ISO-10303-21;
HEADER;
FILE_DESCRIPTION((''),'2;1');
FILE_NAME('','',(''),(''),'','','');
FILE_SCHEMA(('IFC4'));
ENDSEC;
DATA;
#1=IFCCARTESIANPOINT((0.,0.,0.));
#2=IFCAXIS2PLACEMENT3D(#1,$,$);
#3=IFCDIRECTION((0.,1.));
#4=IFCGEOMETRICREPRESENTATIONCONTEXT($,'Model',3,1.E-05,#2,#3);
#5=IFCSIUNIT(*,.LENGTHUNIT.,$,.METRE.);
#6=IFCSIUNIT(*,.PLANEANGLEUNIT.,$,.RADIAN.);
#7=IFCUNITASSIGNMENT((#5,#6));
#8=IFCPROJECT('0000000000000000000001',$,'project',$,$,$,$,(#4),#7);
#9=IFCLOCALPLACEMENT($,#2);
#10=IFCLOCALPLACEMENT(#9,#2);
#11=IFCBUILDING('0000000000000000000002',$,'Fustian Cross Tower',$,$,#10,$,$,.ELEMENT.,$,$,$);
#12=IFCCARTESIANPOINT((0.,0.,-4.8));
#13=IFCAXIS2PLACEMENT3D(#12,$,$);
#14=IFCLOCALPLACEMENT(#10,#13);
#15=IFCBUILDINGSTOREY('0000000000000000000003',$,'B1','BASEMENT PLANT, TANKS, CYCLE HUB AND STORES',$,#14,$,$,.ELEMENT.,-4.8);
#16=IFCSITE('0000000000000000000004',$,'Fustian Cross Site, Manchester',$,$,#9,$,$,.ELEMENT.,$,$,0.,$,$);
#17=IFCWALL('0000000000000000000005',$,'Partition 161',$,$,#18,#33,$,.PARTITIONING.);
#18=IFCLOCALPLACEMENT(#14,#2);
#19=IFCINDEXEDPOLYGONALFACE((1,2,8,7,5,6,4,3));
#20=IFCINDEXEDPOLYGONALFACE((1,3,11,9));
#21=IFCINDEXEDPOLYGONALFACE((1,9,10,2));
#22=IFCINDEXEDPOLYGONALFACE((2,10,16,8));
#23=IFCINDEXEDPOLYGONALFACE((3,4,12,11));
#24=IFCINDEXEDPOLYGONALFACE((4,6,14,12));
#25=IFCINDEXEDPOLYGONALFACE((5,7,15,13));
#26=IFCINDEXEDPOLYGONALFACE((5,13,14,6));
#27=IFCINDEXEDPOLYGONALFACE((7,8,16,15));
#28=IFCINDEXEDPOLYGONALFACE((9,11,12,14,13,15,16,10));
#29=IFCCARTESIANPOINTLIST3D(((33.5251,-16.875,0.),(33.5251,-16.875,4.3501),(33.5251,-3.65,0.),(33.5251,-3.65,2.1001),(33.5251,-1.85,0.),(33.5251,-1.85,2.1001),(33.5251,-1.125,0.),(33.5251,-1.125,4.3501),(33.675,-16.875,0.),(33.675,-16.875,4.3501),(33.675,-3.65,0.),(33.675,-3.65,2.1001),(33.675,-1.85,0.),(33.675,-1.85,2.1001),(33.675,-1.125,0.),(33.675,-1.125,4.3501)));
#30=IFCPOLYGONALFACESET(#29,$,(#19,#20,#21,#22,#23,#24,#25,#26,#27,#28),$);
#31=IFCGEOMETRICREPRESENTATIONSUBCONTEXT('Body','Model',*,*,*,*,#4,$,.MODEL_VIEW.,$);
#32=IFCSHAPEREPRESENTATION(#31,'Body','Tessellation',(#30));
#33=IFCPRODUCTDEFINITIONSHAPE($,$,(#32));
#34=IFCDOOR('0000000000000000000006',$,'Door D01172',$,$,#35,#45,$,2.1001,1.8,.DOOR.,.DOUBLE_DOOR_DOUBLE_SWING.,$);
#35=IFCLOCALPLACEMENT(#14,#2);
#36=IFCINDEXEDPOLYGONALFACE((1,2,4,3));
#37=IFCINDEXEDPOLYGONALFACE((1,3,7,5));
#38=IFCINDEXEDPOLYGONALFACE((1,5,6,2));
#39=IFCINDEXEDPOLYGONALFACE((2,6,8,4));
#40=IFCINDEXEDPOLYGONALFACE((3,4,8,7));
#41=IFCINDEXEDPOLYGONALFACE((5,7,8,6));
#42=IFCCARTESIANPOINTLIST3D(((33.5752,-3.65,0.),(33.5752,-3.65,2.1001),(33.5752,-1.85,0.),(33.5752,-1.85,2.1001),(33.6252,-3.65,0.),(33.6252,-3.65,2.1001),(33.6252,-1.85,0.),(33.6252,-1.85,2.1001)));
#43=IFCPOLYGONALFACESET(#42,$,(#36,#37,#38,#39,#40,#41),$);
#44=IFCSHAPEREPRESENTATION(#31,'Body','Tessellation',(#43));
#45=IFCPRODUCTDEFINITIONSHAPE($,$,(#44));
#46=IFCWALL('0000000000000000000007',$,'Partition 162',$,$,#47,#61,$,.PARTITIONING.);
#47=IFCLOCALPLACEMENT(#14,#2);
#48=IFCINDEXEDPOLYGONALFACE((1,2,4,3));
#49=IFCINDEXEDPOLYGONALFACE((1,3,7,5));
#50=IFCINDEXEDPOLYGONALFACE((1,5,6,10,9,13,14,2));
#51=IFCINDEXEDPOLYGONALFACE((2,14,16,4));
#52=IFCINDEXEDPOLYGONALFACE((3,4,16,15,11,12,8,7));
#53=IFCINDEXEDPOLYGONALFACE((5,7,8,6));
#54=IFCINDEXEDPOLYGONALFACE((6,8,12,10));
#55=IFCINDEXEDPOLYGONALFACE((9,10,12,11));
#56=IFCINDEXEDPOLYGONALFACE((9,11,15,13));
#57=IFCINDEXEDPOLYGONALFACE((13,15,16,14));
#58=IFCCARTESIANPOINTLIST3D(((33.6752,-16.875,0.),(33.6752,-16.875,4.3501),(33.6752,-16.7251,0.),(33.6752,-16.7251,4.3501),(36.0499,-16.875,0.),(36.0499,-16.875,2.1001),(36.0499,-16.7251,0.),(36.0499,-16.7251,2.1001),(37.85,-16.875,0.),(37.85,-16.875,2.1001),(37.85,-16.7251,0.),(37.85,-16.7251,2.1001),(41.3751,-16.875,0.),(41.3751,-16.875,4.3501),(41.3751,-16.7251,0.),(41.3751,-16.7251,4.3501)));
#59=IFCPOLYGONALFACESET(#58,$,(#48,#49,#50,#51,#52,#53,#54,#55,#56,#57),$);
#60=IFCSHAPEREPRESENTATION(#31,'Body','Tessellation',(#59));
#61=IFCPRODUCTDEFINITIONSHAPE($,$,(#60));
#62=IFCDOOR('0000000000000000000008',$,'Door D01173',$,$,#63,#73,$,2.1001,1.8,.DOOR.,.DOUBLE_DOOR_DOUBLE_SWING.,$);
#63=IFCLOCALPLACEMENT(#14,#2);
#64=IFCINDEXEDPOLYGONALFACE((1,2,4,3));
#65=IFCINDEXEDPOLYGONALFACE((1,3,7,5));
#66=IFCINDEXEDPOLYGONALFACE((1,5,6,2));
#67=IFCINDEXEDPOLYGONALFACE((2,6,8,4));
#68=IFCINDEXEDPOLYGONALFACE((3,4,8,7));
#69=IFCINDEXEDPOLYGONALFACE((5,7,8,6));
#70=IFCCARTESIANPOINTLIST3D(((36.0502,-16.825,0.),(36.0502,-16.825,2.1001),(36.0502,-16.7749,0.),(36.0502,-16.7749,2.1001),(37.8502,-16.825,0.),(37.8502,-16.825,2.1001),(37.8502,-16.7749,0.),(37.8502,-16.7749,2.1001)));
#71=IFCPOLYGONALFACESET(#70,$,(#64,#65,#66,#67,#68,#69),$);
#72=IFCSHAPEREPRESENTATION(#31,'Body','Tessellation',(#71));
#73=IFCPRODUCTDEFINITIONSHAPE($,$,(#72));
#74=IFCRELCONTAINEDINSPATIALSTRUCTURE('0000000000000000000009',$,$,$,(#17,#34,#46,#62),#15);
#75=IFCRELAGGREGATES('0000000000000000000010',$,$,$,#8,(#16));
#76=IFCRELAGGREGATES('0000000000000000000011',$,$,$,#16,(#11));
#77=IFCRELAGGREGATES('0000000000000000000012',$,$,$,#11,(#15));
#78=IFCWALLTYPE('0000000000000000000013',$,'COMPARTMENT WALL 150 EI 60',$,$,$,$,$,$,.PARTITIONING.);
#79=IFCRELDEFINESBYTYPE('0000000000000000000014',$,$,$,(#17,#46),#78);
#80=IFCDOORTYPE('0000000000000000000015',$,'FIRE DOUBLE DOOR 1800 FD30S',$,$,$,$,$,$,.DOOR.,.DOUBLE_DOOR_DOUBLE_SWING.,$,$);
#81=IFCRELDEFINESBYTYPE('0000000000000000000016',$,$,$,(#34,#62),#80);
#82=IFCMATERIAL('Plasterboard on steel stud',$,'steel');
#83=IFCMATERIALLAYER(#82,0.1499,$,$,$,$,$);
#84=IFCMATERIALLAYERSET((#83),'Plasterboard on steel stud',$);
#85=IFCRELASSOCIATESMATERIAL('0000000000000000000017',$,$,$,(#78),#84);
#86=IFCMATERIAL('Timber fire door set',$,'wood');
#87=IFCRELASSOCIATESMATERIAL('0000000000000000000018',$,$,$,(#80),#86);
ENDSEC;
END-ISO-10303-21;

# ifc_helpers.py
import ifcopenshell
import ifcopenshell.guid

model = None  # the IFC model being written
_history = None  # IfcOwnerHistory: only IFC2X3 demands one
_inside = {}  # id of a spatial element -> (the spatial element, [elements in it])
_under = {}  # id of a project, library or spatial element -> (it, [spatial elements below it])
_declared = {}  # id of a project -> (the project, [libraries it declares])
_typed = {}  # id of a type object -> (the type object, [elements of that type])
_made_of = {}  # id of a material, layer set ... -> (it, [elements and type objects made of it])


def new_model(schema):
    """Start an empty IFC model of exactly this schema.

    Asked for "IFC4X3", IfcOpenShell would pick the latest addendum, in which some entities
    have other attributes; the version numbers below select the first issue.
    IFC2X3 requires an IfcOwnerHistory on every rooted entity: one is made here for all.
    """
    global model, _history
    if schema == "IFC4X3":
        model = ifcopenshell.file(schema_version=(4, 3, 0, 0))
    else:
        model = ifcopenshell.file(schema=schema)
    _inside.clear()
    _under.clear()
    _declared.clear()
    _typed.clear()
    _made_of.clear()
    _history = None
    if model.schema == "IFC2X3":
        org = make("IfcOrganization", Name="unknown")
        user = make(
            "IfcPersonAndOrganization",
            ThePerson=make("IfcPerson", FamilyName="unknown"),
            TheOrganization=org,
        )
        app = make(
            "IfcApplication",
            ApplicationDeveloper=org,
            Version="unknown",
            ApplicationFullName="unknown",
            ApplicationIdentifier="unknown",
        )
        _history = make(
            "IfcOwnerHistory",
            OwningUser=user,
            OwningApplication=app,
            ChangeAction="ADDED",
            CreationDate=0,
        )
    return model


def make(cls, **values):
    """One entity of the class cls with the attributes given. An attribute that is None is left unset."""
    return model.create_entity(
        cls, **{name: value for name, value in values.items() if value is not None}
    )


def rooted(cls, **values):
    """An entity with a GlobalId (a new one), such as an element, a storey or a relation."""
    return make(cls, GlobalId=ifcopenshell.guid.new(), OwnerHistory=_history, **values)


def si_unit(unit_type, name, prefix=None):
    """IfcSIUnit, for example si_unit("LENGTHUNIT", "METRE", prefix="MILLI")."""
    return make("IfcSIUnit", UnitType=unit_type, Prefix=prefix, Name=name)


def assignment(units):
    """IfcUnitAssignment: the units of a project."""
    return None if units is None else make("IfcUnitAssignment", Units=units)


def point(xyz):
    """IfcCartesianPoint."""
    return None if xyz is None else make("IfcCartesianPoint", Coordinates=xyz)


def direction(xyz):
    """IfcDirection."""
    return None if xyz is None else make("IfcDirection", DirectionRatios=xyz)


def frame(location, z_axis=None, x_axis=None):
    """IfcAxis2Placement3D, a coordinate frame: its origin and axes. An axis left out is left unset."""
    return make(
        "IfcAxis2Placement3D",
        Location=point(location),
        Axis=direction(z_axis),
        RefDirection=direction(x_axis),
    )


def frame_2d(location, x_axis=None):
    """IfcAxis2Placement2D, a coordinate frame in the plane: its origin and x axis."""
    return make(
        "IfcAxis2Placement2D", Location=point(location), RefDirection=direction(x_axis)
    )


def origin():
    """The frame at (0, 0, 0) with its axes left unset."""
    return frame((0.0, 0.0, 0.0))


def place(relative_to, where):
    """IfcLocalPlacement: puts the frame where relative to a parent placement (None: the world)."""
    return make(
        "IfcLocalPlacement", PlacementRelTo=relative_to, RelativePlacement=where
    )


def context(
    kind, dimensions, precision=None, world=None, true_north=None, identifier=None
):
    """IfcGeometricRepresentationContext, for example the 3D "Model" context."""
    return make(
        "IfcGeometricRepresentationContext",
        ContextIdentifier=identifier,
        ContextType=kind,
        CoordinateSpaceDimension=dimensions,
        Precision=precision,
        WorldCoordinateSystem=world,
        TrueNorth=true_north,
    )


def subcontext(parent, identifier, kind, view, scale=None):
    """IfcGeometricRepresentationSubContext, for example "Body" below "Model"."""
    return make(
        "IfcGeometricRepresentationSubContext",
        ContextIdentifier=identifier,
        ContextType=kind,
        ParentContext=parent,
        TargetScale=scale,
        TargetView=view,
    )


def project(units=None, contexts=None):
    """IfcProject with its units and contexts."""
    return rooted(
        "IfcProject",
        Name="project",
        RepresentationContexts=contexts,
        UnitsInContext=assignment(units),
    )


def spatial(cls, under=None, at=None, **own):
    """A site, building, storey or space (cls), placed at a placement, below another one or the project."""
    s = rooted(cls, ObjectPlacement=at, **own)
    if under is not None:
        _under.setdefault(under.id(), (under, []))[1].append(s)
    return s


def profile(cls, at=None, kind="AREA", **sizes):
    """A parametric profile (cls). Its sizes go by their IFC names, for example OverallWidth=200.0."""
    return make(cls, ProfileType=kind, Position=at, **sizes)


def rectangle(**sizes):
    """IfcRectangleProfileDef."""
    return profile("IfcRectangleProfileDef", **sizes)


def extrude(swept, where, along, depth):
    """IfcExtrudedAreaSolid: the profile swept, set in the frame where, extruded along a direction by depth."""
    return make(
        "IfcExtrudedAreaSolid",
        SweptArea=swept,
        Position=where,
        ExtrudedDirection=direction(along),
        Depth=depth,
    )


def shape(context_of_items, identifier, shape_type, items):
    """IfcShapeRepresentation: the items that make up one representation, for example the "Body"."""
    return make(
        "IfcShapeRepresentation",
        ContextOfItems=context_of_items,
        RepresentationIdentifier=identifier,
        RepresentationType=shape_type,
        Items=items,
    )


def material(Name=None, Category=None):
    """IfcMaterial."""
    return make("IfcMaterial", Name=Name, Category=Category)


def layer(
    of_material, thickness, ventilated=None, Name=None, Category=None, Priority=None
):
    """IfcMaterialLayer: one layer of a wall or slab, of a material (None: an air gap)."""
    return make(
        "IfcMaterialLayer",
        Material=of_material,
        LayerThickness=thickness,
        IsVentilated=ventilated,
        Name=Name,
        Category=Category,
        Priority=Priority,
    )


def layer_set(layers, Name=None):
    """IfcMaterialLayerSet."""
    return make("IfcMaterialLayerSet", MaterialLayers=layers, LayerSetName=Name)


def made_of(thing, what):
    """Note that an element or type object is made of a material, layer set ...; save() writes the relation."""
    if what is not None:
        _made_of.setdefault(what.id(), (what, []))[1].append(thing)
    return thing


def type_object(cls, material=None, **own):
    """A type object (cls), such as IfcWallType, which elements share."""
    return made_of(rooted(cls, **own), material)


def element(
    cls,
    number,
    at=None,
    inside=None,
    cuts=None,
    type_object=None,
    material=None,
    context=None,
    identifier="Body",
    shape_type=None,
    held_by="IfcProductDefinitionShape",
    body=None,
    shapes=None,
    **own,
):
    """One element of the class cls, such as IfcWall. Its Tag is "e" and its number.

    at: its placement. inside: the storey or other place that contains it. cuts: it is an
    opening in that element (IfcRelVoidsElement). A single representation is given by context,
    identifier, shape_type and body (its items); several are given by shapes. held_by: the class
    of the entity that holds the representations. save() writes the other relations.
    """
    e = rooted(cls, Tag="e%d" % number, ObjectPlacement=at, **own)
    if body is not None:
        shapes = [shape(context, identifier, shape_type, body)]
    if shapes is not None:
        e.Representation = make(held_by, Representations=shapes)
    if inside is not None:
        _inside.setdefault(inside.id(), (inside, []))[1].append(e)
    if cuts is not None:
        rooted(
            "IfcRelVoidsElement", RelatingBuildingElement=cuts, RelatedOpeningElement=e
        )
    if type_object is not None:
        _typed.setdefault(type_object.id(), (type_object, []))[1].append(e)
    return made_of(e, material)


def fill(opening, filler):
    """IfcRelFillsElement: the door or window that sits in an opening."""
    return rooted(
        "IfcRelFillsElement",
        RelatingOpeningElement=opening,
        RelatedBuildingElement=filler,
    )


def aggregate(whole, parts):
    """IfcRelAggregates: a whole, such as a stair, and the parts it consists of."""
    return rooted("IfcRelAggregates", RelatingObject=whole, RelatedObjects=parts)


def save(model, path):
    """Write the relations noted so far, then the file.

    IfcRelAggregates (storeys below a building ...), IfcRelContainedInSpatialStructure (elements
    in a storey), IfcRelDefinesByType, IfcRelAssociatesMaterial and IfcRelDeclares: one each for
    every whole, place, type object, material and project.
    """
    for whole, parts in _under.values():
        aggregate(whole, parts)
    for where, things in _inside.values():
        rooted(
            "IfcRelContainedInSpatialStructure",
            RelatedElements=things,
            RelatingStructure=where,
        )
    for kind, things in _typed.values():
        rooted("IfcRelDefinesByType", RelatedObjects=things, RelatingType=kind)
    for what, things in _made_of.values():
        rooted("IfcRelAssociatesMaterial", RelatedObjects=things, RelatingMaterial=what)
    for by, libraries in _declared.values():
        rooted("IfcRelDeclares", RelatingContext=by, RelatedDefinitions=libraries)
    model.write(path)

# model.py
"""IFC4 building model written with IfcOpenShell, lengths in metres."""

from ifc_helpers import new_model, si_unit, direction, frame, frame_2d, origin, place, context, subcontext, project, spatial, rectangle, extrude, material, layer, layer_set, type_object, element, fill, save


model = new_model("IFC4")

# Units and contexts
model_context = context("Model", 3, precision=1e-05, world=origin(), true_north=direction((0.0, 1.0)))
body_context = subcontext(model_context, "Body", "Model", "MODEL_VIEW")
ifc_project = project(units=[si_unit("LENGTHUNIT", "METRE"), si_unit("PLANEANGLEUNIT", "RADIAN")], contexts=[model_context])

# Site, building, storey
site_placement = place(None, origin())
site = spatial("IfcSite", under=ifc_project, at=site_placement, Name="Fustian Cross Site, Manchester", CompositionType="ELEMENT", RefElevation=0.0)
building_placement = place(site_placement, origin())
building = spatial("IfcBuilding", under=site, at=building_placement, Name="Fustian Cross Tower", CompositionType="ELEMENT")
storey_placement = place(building_placement, frame((0.0, 0.0, -4.8)))
storey = spatial("IfcBuildingStorey", under=building, at=storey_placement, Name="B1", Description="BASEMENT PLANT, TANKS, CYCLE HUB AND STORES", CompositionType="ELEMENT", Elevation=-4.8)

# Shared definitions
ifc_material_1 = material(Name="Plasterboard on steel stud", Category="steel")
ifc_layer = layer(ifc_material_1, 0.1499)
ifc_layer_set = layer_set([ifc_layer], Name="Plasterboard on steel stud")
wall_type = type_object("IfcWallType", Name="COMPARTMENT WALL 150 EI 60", PredefinedType="PARTITIONING", material=ifc_layer_set)
ifc_material_2 = material(Name="Timber fire door set", Category="wood")
door_type_1 = type_object("IfcDoorType", Name="FIRE DOUBLE DOOR 1800 FD30S", OperationType="DOUBLE_DOOR_DOUBLE_SWING", PredefinedType="DOOR", material=ifc_material_2)

# Walls, openings, doors
wall_1_placement = place(storey_placement, frame((33.6001, -16.875, 0.0), z_axis=(0.0, 0.0, 1.0), x_axis=(0.0, 1.0, 0.0)))
wall_1 = element("IfcWall", 1, at=wall_1_placement, inside=storey, type_object=wall_type, Name="Partition 161", PredefinedType="PARTITIONING", context=body_context, shape_type="SweptSolid", body=[
    extrude(rectangle(XDim=15.75, YDim=0.1499, at=frame_2d((7.875, 0.0))), origin(), (0.0, 0.0, 1.0), 4.3501),
])
opening_1_placement = place(wall_1_placement, frame((13.2251, 0.0, 0.0)))
opening_1 = element("IfcOpeningElement", 2, at=opening_1_placement, cuts=wall_1, PredefinedType="OPENING", context=body_context, shape_type="SweptSolid", body=[
    extrude(rectangle(XDim=1.8, YDim=2.1001, at=frame_2d((0.8999, 1.05))), frame((0.0, 0.085, 0.0), z_axis=(0.0, -1.0, 0.0), x_axis=(1.0, 0.0, 0.0)), (0.0, 0.0, 1.0), 0.1699),
])
door_1_placement = place(opening_1_placement, origin())
door_1 = element("IfcDoor", 3, at=door_1_placement, inside=storey, type_object=door_type_1, Name="Door D01172", OperationType="DOUBLE_DOOR_DOUBLE_SWING", OverallHeight=2.1001, OverallWidth=1.8, PredefinedType="DOOR", context=body_context, shape_type="SweptSolid", body=[
    extrude(rectangle(XDim=1.8, YDim=2.1001, at=frame_2d((0.8999, 1.05))), frame((0.0, 0.0249, 0.0), z_axis=(0.0, -1.0, 0.0), x_axis=(1.0, 0.0, 0.0)), (0.0, 0.0, 1.0), 0.05),
])
fill(opening_1, door_1)
wall_2_placement = place(storey_placement, frame((33.675, -16.8, 0.0), z_axis=(0.0, 0.0, 1.0), x_axis=(1.0, 0.0, 0.0)))
wall_2 = element("IfcWall", 4, at=wall_2_placement, inside=storey, type_object=wall_type, Name="Partition 162", PredefinedType="PARTITIONING", context=body_context, shape_type="SweptSolid", body=[
    extrude(rectangle(XDim=7.7, YDim=0.1499, at=frame_2d((3.8501, 0.0))), origin(), (0.0, 0.0, 1.0), 4.3501),
])
opening_2_placement = place(wall_2_placement, frame((2.375, 0.0, 0.0)))
opening_2 = element("IfcOpeningElement", 5, at=opening_2_placement, cuts=wall_2, PredefinedType="OPENING", context=body_context, shape_type="SweptSolid", body=[
    extrude(rectangle(XDim=1.8, YDim=2.1001, at=frame_2d((0.8999, 1.05))), frame((0.0, 0.085, 0.0), z_axis=(0.0, -1.0, 0.0), x_axis=(1.0, 0.0, 0.0)), (0.0, 0.0, 1.0), 0.1699),
])
door_2_placement = place(opening_2_placement, frame((1.8, 0.0, 0.0), z_axis=(0.0, 0.0, 1.0), x_axis=(-1.0, 0.0, 0.0)))
door_2 = element("IfcDoor", 6, at=door_2_placement, inside=storey, type_object=door_type_1, Name="Door D01173", OperationType="DOUBLE_DOOR_DOUBLE_SWING", OverallHeight=2.1001, OverallWidth=1.8, PredefinedType="DOOR", context=body_context, shape_type="SweptSolid", body=[
    extrude(rectangle(XDim=1.8, YDim=2.1001, at=frame_2d((0.8999, 1.05))), frame((0.0, 0.0249, 0.0), z_axis=(0.0, -1.0, 0.0), x_axis=(1.0, 0.0, 0.0)), (0.0, 0.0, 1.0), 0.05),
])
fill(opening_2, door_2)

save(model, "model.ifc")
